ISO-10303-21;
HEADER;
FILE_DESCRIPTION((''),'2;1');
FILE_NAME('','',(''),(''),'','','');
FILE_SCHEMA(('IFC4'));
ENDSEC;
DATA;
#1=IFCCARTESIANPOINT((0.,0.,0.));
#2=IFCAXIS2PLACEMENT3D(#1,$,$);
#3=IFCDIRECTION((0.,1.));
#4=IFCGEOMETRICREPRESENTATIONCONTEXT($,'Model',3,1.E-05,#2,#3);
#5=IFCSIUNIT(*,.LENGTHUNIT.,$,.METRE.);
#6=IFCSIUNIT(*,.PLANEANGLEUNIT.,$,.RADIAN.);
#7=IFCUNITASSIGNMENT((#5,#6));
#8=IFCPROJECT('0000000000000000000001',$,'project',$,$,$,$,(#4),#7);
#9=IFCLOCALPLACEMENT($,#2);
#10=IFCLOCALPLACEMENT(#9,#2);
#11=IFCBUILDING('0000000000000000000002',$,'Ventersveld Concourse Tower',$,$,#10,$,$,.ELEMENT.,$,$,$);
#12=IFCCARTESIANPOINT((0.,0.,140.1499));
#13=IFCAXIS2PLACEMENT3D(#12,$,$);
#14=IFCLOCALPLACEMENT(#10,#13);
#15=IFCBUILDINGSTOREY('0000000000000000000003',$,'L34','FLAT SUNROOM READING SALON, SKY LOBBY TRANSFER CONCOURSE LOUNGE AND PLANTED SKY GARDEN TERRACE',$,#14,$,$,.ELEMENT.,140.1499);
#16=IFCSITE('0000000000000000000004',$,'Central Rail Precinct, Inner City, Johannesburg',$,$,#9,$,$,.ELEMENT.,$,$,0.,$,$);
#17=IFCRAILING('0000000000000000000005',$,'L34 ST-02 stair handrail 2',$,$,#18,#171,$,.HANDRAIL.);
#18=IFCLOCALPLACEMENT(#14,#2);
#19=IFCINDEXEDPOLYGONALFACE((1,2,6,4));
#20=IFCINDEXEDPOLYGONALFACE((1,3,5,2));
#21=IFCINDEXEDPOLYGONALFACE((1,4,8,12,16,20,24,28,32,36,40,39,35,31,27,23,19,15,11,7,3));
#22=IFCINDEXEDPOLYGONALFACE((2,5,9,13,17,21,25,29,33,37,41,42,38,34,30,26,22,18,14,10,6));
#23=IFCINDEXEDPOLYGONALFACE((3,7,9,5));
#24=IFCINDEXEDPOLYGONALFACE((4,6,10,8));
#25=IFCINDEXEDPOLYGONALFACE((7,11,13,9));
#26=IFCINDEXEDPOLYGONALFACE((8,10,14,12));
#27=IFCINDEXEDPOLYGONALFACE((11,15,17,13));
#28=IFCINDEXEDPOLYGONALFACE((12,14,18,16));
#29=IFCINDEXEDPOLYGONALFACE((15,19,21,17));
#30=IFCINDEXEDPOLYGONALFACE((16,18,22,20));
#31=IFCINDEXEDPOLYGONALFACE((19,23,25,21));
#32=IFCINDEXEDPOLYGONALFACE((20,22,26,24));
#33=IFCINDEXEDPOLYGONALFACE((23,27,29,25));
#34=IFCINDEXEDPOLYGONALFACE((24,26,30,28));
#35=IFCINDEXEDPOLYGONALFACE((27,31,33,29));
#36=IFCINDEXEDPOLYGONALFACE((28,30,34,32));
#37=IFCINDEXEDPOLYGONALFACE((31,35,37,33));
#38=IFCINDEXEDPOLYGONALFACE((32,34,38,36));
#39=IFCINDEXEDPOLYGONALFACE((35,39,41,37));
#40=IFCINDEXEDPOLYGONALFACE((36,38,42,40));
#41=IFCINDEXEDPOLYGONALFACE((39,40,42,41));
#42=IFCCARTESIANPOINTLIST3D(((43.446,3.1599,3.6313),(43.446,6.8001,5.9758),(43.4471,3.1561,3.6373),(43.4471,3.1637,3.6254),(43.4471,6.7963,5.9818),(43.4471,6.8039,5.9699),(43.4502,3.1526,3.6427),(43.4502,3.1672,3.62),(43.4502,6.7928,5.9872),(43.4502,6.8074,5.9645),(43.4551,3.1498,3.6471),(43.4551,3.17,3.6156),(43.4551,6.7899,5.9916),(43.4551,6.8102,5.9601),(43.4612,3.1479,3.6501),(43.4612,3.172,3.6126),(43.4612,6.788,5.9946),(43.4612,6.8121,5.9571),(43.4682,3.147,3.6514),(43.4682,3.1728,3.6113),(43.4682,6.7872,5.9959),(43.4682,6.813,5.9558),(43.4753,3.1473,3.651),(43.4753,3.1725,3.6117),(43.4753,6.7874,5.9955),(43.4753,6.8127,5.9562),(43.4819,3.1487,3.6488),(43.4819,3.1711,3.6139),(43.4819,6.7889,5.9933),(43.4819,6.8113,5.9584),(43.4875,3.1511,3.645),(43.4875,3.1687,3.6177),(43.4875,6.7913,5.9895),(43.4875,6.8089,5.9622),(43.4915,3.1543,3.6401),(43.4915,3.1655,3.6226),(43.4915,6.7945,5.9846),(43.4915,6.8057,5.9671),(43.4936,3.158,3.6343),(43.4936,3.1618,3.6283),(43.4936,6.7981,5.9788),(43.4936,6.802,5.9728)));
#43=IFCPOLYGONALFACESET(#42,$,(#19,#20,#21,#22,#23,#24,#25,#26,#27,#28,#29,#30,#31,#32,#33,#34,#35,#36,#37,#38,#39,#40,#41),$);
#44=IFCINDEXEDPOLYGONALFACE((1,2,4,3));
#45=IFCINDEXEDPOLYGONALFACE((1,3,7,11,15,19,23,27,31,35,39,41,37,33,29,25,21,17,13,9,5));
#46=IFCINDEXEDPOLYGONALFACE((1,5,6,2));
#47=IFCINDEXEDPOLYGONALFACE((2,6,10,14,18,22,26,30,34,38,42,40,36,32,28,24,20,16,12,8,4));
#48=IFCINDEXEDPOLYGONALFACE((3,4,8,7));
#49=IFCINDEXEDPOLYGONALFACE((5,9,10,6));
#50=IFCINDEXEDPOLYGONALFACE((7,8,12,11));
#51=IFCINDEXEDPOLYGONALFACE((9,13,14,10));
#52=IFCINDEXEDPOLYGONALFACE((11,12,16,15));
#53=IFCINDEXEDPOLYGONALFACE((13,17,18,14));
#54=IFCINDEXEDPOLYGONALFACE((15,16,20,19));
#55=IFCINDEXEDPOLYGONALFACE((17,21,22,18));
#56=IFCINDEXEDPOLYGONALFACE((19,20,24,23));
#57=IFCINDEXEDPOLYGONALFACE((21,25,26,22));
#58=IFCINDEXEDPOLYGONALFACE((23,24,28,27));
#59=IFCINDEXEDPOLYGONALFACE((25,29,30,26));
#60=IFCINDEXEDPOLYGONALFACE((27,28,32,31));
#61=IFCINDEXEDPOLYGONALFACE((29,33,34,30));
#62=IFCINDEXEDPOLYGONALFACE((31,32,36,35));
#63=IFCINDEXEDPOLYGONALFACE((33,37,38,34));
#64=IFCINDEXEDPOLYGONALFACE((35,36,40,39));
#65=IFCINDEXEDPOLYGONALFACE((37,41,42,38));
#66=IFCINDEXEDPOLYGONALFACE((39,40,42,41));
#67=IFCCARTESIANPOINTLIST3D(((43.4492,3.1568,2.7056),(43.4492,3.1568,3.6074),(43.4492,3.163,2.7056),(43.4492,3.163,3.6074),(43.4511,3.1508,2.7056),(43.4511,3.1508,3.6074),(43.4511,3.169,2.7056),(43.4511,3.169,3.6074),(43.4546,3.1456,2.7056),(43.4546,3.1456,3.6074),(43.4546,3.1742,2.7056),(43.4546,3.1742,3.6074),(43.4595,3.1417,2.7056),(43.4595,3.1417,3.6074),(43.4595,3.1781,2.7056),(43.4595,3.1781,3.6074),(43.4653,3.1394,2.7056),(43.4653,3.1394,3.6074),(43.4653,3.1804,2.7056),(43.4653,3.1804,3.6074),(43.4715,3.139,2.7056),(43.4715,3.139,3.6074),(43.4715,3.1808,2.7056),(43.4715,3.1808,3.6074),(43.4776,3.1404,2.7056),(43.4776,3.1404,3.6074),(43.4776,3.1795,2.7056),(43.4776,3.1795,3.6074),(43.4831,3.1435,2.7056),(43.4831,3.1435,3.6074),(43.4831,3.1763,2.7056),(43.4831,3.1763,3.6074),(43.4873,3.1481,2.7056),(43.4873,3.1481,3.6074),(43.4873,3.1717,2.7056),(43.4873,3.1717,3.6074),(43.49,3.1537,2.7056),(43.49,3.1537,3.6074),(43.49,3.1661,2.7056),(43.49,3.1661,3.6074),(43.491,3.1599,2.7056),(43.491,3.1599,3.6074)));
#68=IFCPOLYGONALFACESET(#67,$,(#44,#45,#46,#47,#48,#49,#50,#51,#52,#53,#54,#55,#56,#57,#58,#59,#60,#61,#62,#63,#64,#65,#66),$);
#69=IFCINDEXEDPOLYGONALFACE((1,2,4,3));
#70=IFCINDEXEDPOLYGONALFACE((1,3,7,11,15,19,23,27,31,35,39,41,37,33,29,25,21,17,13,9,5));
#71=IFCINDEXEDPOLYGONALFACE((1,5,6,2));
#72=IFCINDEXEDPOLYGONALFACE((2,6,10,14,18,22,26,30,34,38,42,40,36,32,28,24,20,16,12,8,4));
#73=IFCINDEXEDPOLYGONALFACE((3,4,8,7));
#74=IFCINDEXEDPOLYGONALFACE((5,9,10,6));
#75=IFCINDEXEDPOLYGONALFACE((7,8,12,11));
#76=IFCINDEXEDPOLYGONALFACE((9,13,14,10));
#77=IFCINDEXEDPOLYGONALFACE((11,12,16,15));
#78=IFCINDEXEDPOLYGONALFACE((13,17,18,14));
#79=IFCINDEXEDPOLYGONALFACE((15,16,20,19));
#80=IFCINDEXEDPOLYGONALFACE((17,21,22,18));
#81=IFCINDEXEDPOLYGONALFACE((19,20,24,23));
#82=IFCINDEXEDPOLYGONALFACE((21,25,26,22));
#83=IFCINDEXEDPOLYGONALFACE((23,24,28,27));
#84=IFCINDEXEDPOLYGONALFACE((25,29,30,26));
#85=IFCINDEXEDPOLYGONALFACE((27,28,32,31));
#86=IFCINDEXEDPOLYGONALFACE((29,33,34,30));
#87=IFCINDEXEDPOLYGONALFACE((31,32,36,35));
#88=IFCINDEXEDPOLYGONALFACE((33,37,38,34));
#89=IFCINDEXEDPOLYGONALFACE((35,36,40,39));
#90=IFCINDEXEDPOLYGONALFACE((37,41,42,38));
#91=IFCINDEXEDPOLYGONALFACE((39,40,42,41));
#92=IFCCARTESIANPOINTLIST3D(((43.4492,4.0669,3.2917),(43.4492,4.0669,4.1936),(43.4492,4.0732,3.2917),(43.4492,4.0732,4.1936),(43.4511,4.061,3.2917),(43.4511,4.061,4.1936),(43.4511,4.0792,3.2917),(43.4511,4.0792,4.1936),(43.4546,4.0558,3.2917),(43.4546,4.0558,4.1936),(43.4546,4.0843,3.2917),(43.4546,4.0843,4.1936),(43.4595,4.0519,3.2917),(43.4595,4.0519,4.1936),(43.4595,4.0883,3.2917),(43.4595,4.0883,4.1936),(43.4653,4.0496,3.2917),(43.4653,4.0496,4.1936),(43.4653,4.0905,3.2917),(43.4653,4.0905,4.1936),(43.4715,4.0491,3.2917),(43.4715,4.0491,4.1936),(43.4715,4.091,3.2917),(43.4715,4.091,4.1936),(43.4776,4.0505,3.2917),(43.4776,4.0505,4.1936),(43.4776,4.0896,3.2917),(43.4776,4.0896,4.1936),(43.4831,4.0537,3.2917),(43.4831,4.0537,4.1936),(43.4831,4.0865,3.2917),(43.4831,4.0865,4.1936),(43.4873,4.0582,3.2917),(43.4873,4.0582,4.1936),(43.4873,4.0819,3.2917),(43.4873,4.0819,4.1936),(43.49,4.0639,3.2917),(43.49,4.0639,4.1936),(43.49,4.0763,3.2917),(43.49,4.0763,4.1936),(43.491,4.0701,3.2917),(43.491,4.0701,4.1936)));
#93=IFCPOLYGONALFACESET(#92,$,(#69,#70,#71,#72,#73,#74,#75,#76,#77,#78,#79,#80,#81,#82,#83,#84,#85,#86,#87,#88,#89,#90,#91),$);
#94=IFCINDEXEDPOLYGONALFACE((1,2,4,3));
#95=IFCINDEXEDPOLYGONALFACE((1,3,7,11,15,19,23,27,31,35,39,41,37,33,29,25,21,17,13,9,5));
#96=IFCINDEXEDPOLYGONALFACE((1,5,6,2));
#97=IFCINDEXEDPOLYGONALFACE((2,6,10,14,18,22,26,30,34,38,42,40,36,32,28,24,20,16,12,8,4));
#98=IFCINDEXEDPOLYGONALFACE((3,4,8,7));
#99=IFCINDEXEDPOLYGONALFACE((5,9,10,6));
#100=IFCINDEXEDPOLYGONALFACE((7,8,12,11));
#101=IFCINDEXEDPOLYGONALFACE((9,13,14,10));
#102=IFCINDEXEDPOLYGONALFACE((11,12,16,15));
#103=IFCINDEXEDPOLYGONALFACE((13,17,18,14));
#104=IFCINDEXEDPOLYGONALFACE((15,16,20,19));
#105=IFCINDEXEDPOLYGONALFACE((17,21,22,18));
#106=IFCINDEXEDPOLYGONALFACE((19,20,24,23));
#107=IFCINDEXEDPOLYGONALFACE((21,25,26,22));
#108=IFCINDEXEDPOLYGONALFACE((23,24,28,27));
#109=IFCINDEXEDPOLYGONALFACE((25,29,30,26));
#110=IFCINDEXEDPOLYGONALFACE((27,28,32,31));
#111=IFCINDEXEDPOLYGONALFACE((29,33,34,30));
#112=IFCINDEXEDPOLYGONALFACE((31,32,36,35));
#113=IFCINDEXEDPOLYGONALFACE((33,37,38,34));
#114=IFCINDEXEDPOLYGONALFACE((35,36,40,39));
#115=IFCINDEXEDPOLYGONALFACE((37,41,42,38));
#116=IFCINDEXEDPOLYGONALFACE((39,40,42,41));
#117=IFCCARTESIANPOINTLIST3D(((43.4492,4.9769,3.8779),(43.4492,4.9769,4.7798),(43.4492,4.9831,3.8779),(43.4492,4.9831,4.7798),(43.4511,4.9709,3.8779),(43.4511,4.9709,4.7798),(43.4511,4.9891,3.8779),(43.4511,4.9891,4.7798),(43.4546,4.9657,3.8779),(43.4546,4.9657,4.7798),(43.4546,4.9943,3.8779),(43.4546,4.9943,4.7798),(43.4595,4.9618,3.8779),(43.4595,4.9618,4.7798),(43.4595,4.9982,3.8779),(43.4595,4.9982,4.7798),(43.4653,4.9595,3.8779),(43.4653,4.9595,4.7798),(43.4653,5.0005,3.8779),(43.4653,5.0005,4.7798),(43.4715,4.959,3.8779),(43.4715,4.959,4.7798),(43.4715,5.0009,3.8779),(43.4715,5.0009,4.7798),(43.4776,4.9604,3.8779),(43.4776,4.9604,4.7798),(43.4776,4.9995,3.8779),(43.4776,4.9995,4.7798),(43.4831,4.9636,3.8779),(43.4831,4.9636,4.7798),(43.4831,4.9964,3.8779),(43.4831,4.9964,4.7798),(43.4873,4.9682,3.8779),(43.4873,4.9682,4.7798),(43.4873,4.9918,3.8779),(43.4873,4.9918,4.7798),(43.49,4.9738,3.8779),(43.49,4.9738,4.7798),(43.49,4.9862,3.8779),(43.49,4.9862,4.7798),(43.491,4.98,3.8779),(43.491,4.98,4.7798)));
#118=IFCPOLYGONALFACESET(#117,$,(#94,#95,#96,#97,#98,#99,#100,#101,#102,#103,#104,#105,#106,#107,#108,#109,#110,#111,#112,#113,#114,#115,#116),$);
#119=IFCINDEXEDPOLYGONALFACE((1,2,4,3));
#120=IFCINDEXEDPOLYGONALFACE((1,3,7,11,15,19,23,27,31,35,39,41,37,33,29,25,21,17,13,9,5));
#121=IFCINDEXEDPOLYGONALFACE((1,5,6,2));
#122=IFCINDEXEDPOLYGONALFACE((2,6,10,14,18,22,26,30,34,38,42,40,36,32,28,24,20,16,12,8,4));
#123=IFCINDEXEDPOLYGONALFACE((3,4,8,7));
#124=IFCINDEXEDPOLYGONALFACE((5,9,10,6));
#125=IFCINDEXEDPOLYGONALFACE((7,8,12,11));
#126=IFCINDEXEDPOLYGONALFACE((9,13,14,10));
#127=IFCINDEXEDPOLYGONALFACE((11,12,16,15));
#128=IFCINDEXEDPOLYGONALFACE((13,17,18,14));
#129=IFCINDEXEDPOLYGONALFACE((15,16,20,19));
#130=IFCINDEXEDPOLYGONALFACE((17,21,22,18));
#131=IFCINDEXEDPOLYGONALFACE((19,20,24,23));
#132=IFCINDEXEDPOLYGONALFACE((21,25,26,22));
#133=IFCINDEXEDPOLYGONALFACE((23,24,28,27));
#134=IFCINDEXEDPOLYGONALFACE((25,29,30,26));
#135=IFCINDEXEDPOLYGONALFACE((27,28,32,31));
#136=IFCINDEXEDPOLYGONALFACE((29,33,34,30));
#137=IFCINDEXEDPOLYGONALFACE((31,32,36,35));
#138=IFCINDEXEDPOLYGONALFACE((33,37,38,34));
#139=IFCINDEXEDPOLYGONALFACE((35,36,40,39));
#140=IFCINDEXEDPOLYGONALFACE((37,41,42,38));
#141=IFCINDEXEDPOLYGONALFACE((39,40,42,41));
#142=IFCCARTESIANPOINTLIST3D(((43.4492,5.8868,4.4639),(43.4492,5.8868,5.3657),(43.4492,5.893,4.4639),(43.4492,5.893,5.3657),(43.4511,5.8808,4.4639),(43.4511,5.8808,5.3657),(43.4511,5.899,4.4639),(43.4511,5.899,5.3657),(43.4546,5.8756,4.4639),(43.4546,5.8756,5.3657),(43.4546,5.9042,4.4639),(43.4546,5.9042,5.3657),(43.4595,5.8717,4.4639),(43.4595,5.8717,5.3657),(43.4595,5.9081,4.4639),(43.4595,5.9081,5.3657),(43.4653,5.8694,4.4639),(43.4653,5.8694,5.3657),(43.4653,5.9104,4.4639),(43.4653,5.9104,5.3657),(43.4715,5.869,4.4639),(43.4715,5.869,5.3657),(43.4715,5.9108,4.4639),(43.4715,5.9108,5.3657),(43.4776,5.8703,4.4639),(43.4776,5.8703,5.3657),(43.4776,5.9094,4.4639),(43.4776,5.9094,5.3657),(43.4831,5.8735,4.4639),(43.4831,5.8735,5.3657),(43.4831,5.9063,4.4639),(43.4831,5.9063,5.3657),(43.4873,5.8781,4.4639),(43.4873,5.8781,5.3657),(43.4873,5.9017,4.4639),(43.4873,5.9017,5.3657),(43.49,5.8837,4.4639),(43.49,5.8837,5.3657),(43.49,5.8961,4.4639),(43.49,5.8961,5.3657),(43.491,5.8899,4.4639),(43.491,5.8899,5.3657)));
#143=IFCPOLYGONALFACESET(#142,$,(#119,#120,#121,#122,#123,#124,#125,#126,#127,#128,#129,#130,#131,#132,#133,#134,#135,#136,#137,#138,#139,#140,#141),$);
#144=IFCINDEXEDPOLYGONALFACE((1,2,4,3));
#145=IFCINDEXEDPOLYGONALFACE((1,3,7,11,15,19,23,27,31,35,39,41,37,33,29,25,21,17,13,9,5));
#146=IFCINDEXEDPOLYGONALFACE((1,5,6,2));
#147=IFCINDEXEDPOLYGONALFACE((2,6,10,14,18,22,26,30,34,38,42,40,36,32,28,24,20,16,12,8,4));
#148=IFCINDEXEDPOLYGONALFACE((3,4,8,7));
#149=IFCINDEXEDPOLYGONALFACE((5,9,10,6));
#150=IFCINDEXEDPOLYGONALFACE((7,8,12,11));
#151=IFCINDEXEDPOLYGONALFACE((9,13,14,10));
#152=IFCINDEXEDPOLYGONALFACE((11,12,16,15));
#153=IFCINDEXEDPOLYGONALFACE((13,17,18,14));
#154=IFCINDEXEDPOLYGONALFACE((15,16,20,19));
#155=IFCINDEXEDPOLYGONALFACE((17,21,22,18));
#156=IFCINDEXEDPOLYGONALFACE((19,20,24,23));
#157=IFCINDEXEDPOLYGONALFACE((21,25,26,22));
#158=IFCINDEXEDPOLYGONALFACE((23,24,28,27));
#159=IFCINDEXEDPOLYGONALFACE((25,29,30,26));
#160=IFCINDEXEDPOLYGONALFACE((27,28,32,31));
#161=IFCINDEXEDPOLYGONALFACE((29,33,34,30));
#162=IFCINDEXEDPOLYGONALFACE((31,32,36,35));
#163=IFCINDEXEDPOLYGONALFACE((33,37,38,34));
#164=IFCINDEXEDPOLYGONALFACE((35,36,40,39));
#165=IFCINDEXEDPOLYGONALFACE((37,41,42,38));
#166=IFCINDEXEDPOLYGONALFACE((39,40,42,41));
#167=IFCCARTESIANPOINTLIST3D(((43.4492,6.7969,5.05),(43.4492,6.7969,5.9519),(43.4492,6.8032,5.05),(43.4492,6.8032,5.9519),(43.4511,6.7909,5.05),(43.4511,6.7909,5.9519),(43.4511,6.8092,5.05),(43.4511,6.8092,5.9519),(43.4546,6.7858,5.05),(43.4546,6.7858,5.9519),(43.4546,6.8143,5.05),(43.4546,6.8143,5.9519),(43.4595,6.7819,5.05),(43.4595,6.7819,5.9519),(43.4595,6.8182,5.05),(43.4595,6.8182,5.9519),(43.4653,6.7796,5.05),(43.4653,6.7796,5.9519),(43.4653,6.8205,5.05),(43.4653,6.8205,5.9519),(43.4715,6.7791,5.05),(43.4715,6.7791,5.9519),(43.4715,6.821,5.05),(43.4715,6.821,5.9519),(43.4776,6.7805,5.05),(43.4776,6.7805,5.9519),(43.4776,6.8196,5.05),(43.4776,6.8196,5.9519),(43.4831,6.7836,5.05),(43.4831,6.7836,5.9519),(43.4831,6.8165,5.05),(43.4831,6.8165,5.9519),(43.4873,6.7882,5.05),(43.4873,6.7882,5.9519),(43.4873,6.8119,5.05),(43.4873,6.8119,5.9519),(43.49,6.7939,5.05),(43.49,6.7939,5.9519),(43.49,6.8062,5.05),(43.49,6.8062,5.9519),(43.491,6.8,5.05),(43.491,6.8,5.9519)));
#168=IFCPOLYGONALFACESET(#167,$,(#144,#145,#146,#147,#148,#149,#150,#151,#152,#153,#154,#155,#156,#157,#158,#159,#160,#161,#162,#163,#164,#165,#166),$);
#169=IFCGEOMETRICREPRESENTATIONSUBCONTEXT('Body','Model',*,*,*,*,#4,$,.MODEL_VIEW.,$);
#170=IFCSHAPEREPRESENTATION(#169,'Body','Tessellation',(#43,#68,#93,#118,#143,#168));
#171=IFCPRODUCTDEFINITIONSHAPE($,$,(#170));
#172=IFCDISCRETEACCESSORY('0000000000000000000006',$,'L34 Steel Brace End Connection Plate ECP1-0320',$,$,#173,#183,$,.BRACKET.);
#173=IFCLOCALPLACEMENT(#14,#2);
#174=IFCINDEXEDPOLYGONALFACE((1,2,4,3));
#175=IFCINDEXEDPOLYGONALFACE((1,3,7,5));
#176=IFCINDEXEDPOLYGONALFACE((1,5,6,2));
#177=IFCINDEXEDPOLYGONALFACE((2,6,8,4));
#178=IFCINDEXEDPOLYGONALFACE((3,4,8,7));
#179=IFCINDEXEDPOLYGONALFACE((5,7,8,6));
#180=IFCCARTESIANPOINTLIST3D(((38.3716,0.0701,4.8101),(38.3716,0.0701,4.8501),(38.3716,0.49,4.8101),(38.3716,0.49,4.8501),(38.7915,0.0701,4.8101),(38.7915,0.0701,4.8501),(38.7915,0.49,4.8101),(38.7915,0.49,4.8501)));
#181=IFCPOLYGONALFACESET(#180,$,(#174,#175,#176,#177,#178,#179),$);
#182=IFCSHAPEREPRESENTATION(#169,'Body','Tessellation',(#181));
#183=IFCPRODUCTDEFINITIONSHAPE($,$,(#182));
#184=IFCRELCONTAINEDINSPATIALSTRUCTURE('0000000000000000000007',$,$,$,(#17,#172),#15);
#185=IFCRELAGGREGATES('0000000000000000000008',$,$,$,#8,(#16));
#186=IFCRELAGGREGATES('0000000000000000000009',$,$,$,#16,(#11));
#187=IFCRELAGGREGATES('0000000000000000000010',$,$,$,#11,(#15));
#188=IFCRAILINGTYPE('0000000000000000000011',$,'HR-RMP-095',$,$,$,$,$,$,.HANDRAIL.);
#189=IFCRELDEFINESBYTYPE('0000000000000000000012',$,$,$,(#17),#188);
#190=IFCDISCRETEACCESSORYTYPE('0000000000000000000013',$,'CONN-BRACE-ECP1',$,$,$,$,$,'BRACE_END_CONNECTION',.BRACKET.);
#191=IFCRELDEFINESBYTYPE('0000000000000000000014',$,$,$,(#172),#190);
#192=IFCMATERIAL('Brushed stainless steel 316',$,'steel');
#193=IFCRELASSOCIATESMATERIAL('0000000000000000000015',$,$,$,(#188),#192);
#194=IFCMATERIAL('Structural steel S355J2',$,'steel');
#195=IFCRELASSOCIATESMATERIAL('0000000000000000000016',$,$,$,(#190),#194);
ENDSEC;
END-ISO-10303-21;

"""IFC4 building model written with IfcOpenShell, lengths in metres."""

from ifc_helpers import new_model, si_unit, direction, frame, origin, origin_2d, place, context, subcontext, project, spatial, rectangle, circle, extrude, material, type_object, element, save


model = new_model("IFC4")

# Units and contexts
model_context = context("Model", 3, precision=1e-05, world=origin(), true_north=direction((0.0, 1.0)))
body_context = subcontext(model_context, "Body", "Model", "MODEL_VIEW")
ifc_project = project(units=[si_unit("LENGTHUNIT", "METRE"), si_unit("PLANEANGLEUNIT", "RADIAN")], contexts=[model_context])

# Site, building, storey
site_placement = place(None, origin())
site = spatial("IfcSite", under=ifc_project, at=site_placement, Name="Central Rail Precinct, Inner City, Johannesburg", CompositionType="ELEMENT", RefElevation=0.0)
building_placement = place(site_placement, origin())
building = spatial("IfcBuilding", under=site, at=building_placement, Name="Ventersveld Concourse Tower", CompositionType="ELEMENT")
storey_placement = place(building_placement, frame((0.0, 0.0, 140.1499)))
storey = spatial("IfcBuildingStorey", under=building, at=storey_placement, Name="L34", Description="FLAT SUNROOM READING SALON, SKY LOBBY TRANSFER CONCOURSE LOUNGE AND PLANTED SKY GARDEN TERRACE", CompositionType="ELEMENT", Elevation=140.1499)

# Shared definitions
ifc_material_1 = material(Name="Structural steel S355J2", Category="steel")

# Railing
ifc_material_2 = material(Name="Brushed stainless steel 316", Category="steel")
railing_type_1 = type_object("IfcRailingType", Name="HR-RMP-095", PredefinedType="HANDRAIL", material=ifc_material_2)
railing_1_placement = place(storey_placement, frame((43.47, 3.1599, 2.7056)))
element("IfcRailing", 1, at=railing_1_placement, inside=storey, type_object=railing_type_1, Name="L34 ST-02 stair handrail 2", PredefinedType="HANDRAIL", context=body_context, shape_type="SweptSolid", body=[
    extrude(circle(Radius=0.0239, at=origin_2d()), frame((0.0, 0.0, 0.9258), z_axis=(0.0, 0.840716, 0.541476), x_axis=(-1.0, 0.0, 0.0)), (0.0, 0.0, 1.0), 4.3298),
    extrude(circle(Radius=0.021, at=origin_2d()), origin(), (0.0, 0.0, 1.0), 0.9019),
    extrude(circle(Radius=0.021, at=origin_2d()), frame((0.0, 0.9102, 0.5862)), (0.0, 0.0, 1.0), 0.9019),
    extrude(circle(Radius=0.021, at=origin_2d()), frame((0.0, 1.8201, 1.1724)), (0.0, 0.0, 1.0), 0.9019),
    extrude(circle(Radius=0.021, at=origin_2d()), frame((0.0, 2.73, 1.7583)), (0.0, 0.0, 1.0), 0.9019),
    extrude(circle(Radius=0.021, at=origin_2d()), frame((0.0, 3.6401, 2.3445)), (0.0, 0.0, 1.0), 0.9019),
])

# Discrete accessory
discrete_accessory_type = type_object("IfcDiscreteAccessoryType", Name="CONN-BRACE-ECP1", ElementType="BRACE_END_CONNECTION", PredefinedType="BRACKET", material=ifc_material_1)
discrete_accessory_placement = place(storey_placement, frame((38.5815, 0.28, 4.8101), z_axis=(0.0, 0.0, 1.0), x_axis=(1.0, 0.0, 0.0)))
element("IfcDiscreteAccessory", 2, at=discrete_accessory_placement, inside=storey, type_object=discrete_accessory_type, Name="L34 Steel Brace End Connection Plate ECP1-0320", PredefinedType="BRACKET", context=body_context, shape_type="SweptSolid", body=[
    extrude(rectangle(XDim=0.4199, YDim=0.4199, at=origin_2d()), origin(), (0.0, 0.0, 1.0), 0.04),
])

save(model, "model.ifc")
